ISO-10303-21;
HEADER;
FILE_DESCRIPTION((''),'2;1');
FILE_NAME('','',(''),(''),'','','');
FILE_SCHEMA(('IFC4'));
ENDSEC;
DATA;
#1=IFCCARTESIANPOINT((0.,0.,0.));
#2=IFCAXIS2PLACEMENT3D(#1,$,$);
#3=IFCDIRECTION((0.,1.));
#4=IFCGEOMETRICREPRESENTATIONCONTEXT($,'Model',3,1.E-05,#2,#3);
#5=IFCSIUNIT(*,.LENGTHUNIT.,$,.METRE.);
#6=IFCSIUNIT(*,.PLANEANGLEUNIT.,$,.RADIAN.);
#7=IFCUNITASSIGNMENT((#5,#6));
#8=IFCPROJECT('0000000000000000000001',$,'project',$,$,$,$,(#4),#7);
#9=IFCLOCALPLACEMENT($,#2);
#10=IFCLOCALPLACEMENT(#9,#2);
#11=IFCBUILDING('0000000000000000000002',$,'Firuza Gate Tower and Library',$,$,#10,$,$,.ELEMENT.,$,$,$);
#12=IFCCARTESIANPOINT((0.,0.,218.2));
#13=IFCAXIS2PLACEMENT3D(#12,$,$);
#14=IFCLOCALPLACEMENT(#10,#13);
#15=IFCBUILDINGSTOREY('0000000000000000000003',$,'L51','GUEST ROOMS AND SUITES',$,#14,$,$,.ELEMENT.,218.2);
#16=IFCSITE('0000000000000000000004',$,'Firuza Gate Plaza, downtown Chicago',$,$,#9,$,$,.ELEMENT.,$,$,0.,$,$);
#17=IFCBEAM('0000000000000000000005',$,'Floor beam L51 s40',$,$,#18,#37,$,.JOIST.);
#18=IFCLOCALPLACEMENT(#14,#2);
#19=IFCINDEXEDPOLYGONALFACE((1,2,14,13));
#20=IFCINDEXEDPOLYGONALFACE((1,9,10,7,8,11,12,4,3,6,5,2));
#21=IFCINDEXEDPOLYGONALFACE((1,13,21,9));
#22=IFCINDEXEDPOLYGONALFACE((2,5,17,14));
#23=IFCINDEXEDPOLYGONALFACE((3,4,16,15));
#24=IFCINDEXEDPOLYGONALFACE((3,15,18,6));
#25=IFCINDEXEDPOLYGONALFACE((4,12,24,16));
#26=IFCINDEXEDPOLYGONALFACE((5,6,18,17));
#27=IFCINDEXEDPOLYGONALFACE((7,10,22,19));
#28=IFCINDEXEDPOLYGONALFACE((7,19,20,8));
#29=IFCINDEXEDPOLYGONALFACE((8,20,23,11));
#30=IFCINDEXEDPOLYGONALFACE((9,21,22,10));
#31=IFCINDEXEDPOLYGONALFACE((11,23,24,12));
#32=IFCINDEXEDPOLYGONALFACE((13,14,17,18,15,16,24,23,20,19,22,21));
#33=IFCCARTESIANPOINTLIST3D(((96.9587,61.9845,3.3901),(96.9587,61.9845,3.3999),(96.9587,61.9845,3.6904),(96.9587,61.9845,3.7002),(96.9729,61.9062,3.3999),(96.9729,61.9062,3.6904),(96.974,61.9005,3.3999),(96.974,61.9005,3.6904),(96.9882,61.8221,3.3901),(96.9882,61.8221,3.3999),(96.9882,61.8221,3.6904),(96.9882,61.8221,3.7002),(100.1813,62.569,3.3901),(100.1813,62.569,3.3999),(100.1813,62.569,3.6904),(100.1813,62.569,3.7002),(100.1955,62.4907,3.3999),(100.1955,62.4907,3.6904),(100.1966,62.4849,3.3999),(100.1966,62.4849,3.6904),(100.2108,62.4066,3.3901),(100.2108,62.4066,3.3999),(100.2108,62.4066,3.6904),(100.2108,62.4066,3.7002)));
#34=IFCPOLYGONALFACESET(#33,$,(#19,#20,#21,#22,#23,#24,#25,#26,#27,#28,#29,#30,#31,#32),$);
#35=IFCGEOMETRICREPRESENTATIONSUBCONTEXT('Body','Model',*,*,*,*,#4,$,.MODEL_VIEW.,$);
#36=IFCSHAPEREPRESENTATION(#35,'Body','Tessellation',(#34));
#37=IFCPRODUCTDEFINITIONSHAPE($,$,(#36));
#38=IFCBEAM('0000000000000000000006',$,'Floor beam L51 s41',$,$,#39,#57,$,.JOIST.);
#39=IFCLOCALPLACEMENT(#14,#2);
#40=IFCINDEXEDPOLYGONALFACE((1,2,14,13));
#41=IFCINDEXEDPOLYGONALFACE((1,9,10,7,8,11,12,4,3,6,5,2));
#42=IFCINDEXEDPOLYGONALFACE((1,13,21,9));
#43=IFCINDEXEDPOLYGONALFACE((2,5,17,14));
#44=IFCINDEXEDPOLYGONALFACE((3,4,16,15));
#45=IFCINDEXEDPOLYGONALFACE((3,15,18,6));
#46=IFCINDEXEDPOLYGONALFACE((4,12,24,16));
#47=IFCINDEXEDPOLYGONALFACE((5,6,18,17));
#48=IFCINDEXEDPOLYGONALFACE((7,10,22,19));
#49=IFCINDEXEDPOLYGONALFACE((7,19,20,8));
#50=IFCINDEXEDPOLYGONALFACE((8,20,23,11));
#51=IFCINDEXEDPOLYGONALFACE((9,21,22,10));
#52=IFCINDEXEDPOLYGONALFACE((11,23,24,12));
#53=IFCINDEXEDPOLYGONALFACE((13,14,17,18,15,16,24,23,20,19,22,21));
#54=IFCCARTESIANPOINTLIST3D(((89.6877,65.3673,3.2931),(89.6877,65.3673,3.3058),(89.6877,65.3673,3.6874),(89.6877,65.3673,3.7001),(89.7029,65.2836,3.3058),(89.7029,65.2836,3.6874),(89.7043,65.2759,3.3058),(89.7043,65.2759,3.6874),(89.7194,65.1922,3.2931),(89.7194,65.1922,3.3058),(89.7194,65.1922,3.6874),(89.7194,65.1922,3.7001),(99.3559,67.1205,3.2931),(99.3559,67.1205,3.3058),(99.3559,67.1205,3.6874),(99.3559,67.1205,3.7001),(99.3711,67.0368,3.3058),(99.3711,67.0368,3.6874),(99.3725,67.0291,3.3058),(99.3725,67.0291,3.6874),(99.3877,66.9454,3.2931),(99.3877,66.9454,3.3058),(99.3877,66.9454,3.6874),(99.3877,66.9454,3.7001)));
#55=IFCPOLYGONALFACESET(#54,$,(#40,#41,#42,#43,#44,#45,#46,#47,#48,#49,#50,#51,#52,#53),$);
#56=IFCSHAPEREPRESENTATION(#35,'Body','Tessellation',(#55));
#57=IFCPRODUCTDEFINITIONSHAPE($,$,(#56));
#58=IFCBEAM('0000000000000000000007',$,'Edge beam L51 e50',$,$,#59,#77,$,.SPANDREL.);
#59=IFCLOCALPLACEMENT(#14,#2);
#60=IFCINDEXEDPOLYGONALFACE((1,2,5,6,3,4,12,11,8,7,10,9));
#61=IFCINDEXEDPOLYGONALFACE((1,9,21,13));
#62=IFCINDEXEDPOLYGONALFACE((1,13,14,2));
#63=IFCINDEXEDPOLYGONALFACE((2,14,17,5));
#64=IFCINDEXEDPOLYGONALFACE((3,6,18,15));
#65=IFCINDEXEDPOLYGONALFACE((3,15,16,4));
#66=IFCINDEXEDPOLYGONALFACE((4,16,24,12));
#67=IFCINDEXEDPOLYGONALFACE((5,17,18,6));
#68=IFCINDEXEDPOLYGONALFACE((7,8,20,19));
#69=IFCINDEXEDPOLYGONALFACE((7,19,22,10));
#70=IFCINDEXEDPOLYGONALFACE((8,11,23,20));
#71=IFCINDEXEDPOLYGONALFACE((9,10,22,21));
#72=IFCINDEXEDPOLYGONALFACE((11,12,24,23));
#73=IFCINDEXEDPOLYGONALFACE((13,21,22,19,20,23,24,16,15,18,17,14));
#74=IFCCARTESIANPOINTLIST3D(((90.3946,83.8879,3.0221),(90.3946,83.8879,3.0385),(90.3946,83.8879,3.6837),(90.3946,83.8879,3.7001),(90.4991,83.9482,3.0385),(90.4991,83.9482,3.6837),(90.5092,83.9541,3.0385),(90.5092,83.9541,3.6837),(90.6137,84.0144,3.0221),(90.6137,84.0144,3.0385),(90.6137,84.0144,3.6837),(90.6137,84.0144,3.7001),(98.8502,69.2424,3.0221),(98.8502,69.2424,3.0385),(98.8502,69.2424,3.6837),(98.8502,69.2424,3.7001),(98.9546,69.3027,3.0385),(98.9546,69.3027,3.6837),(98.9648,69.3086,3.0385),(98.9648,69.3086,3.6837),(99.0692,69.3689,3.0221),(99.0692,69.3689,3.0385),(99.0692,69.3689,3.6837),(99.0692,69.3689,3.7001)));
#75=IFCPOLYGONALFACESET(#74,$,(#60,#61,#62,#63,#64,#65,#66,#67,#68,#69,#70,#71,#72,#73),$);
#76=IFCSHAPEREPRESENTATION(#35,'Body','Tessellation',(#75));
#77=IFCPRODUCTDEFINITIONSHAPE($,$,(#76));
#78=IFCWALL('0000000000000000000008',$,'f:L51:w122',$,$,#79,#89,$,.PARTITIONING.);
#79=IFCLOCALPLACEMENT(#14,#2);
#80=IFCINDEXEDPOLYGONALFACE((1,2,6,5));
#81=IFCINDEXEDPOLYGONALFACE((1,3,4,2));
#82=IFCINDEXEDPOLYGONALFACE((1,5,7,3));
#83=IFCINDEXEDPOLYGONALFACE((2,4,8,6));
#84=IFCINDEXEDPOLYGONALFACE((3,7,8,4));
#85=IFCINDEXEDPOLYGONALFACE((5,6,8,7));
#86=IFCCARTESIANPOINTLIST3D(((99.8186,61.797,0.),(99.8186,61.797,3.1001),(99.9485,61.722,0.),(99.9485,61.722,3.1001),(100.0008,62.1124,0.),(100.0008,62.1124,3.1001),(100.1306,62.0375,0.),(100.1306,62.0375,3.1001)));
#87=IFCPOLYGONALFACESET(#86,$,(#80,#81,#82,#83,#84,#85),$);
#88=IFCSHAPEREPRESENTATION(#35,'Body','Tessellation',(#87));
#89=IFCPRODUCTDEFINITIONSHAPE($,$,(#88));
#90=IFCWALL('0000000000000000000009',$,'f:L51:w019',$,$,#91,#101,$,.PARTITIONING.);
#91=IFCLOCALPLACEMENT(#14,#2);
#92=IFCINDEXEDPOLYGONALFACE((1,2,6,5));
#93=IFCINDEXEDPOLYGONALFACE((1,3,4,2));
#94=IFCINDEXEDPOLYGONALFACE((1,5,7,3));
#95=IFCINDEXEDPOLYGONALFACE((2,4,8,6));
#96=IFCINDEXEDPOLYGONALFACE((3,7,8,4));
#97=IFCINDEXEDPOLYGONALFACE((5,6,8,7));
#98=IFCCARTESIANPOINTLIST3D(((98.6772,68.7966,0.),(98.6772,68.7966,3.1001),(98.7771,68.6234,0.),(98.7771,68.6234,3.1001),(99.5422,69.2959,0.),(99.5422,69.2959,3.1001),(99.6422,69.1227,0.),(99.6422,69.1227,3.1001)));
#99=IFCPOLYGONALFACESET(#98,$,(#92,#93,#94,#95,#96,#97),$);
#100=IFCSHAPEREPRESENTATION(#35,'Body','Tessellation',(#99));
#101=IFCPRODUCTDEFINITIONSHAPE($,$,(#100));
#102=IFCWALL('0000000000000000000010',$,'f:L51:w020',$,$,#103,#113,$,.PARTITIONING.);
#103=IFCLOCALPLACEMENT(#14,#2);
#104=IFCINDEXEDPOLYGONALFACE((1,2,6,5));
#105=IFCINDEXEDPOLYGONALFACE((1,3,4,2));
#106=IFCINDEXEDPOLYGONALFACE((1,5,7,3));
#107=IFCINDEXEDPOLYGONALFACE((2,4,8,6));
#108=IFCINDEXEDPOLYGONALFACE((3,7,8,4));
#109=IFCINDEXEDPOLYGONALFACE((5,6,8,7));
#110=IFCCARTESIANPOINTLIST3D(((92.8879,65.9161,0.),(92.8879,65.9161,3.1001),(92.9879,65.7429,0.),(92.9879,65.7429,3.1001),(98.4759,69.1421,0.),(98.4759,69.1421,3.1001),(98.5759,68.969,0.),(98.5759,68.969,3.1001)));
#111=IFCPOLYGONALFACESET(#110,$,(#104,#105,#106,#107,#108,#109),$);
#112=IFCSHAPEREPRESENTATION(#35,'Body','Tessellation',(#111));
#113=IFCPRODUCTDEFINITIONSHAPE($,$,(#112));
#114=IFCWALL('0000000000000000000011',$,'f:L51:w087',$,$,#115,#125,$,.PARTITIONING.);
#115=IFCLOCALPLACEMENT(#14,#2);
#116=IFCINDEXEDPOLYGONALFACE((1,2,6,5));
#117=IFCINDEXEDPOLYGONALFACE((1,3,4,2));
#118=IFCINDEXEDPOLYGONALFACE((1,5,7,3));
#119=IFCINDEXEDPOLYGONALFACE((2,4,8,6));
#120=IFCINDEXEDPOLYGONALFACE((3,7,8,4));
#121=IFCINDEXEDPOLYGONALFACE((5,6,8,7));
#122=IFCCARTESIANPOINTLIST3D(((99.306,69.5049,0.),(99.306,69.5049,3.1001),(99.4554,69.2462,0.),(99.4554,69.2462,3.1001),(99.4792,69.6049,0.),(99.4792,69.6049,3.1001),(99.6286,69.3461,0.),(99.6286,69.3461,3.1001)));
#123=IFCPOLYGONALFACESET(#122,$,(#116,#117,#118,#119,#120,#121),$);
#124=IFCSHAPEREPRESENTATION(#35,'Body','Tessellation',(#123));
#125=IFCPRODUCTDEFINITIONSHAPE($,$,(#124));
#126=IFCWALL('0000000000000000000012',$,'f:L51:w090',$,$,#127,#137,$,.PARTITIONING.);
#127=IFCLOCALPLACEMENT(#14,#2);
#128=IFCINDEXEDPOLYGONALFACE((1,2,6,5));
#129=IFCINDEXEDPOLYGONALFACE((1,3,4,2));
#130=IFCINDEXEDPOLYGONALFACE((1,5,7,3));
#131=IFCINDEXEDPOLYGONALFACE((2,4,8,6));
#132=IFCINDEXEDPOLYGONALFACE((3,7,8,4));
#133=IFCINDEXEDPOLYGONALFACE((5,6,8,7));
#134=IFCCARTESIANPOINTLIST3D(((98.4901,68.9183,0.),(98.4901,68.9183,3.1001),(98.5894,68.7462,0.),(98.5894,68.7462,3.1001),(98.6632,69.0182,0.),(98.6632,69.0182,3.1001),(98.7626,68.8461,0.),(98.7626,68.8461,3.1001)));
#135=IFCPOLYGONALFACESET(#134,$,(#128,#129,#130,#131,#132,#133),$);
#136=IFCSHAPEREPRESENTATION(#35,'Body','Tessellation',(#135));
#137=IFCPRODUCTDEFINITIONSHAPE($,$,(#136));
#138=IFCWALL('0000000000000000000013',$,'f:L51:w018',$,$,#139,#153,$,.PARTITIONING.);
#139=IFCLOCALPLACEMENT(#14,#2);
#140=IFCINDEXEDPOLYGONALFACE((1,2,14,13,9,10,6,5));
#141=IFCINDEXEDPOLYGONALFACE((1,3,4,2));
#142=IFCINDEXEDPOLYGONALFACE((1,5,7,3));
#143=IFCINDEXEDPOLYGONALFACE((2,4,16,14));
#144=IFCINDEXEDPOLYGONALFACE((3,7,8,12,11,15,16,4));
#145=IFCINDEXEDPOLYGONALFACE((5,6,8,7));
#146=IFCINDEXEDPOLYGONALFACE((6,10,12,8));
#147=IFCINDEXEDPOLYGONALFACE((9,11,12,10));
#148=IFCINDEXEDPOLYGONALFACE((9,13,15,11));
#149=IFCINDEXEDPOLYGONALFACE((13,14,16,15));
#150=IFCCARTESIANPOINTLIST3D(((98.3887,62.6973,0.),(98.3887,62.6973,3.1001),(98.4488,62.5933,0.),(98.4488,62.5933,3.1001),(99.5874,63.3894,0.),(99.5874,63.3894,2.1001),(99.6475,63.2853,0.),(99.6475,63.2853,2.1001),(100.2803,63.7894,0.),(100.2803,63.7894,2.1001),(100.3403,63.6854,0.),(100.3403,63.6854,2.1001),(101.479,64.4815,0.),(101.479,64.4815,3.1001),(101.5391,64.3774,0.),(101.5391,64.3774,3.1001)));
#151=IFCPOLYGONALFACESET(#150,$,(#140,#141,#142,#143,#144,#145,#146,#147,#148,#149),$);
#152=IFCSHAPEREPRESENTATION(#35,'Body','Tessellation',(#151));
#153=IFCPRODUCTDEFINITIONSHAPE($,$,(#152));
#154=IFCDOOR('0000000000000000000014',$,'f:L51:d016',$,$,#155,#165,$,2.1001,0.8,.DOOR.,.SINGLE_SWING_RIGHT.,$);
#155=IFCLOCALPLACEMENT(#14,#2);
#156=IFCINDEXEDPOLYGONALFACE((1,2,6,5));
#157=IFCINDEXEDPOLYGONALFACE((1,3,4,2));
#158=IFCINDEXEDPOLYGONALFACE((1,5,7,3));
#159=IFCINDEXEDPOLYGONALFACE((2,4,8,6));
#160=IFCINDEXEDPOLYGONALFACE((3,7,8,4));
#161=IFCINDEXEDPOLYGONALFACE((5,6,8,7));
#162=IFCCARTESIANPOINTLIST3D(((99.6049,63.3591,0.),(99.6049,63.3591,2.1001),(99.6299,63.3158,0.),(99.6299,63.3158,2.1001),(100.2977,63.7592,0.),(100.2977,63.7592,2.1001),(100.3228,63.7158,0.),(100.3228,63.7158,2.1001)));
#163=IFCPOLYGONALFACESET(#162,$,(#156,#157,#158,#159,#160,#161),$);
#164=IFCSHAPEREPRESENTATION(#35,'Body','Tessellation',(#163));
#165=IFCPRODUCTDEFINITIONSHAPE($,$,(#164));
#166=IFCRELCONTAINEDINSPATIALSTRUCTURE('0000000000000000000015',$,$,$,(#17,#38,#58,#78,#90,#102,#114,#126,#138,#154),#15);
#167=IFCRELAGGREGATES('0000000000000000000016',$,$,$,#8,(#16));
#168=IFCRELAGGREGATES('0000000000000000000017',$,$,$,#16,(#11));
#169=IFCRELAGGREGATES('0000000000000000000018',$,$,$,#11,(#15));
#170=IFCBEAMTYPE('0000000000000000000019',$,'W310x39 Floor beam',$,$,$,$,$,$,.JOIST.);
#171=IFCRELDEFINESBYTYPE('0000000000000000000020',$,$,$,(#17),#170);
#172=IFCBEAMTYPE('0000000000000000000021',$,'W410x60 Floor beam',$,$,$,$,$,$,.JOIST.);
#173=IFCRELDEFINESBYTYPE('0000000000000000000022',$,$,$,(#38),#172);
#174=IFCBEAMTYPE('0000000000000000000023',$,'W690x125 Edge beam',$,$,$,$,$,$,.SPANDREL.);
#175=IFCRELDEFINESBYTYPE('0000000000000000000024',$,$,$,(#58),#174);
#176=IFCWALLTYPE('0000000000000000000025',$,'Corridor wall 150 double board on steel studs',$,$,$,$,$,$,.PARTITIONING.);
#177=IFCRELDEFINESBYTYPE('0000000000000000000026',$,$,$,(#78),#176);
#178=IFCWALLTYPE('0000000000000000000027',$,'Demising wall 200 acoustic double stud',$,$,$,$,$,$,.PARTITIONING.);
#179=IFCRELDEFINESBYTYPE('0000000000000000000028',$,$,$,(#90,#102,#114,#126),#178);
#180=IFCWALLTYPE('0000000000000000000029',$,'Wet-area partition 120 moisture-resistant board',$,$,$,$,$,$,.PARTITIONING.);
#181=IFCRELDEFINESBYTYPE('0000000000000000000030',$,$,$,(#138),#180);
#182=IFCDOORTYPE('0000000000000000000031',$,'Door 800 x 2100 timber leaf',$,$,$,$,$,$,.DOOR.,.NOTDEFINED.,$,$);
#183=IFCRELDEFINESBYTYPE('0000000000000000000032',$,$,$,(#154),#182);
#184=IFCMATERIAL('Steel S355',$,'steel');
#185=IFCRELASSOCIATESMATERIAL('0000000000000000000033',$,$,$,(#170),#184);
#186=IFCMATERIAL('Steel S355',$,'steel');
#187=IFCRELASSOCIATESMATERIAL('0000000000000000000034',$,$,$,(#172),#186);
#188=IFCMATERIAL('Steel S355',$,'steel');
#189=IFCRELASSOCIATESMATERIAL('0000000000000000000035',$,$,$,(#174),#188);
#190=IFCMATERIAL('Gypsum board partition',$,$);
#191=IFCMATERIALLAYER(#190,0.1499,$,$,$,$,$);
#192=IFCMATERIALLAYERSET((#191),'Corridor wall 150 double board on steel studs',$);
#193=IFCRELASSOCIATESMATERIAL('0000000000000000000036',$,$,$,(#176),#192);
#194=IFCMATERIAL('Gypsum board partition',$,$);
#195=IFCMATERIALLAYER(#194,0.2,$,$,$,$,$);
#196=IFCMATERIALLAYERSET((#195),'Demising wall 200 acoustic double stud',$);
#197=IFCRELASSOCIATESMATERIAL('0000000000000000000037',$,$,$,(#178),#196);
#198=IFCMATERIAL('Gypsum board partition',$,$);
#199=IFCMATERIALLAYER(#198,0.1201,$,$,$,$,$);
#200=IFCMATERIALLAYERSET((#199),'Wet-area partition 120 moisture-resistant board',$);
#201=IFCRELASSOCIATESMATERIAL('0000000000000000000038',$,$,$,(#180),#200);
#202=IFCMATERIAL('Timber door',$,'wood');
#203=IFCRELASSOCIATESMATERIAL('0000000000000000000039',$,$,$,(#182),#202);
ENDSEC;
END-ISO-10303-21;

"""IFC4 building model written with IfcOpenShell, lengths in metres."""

from ifc_helpers import new_model, si_unit, direction, frame, frame_2d, origin, origin_2d, place, context, subcontext, project, spatial, rectangle, i_section, extrude, material, layer, layer_set, material_profile, profile_set, type_object, element, fill, save


model = new_model("IFC4")

# Units and contexts
model_context = context("Model", 3, precision=1e-05, world=origin(), true_north=direction((0.0, 1.0)))
body_context = subcontext(model_context, "Body", "Model", "MODEL_VIEW")
ifc_project = project(units=[si_unit("LENGTHUNIT", "METRE"), si_unit("PLANEANGLEUNIT", "RADIAN")], contexts=[model_context])

# Site, building, storey
site_placement = place(None, origin())
site = spatial("IfcSite", under=ifc_project, at=site_placement, Name="Firuza Gate Plaza, downtown Chicago", CompositionType="ELEMENT", RefElevation=0.0)
building_placement = place(site_placement, origin())
building = spatial("IfcBuilding", under=site, at=building_placement, Name="Firuza Gate Tower and Library", CompositionType="ELEMENT")
storey_placement = place(building_placement, frame((0.0, 0.0, 218.2)))
storey = spatial("IfcBuildingStorey", under=building, at=storey_placement, Name="L51", Description="GUEST ROOMS AND SUITES", CompositionType="ELEMENT", Elevation=218.2)

# Beams
ifc_material_1 = material(Name="Steel S355", Category="steel")
ifc_material_profile_1 = material_profile(ifc_material_1, i_section(OverallWidth=0.165, OverallDepth=0.3101, WebThickness=0.0059, FlangeThickness=0.0098, at=origin_2d()))
ifc_profile_set_1 = profile_set([ifc_material_profile_1], Name="Steel S355")
beam_type_1 = type_object("IfcBeamType", Name="W310x39 Floor beam", PredefinedType="JOIST", material=ifc_profile_set_1)
beam_1_placement = place(storey_placement, frame((100.196, 62.4878, 3.5452), z_axis=(-0.983949, -0.178452, 0.0), x_axis=(0.178452, -0.983949, 0.0)))
element("IfcBeam", 1, at=beam_1_placement, inside=storey, type_object=beam_type_1, Name="Floor beam L51 s40", PredefinedType="JOIST", context=body_context, shape_type="SweptSolid", body=[
    extrude(i_section(OverallWidth=0.165, OverallDepth=0.3101, WebThickness=0.0059, FlangeThickness=0.0098, at=origin_2d()), origin(), (0.0, 0.0, 1.0), 3.2751),
])
ifc_material_2 = material(Name="Steel S355", Category="steel")
ifc_material_profile_2 = material_profile(ifc_material_2, i_section(OverallWidth=0.178, OverallDepth=0.407, WebThickness=0.0078, FlangeThickness=0.0127, at=origin_2d()))
ifc_profile_set_2 = profile_set([ifc_material_profile_2], Name="Steel S355")
beam_type_2 = type_object("IfcBeamType", Name="W410x60 Floor beam", PredefinedType="JOIST", material=ifc_profile_set_2)
beam_2_placement = place(storey_placement, frame((99.3718, 67.033, 3.4966), z_axis=(-0.983954, -0.178424, 0.0), x_axis=(0.178424, -0.983954, 0.0)))
element("IfcBeam", 2, at=beam_2_placement, inside=storey, type_object=beam_type_2, Name="Floor beam L51 s41", PredefinedType="JOIST", context=body_context, shape_type="SweptSolid", body=[
    extrude(i_section(OverallWidth=0.178, OverallDepth=0.407, WebThickness=0.0078, FlangeThickness=0.0127, at=origin_2d()), origin(), (0.0, 0.0, 1.0), 9.8259),
])
ifc_material_3 = material(Name="Steel S355", Category="steel")
ifc_material_profile_3 = material_profile(ifc_material_3, i_section(OverallWidth=0.2529, OverallDepth=0.678, WebThickness=0.0117, FlangeThickness=0.0164, at=origin_2d()))
ifc_profile_set_3 = profile_set([ifc_material_profile_3], Name="Steel S355")
beam_type_3 = type_object("IfcBeamType", Name="W690x125 Edge beam", PredefinedType="SPANDREL", material=ifc_profile_set_3)
beam_3_placement = place(storey_placement, frame((98.9597, 69.3057, 3.3611), z_axis=(-0.499999, 0.866026, 0.0), x_axis=(-0.866026, -0.499999, 0.0)))
element("IfcBeam", 3, at=beam_3_placement, inside=storey, type_object=beam_type_3, Name="Edge beam L51 e50", PredefinedType="SPANDREL", context=body_context, shape_type="SweptSolid", body=[
    extrude(i_section(OverallWidth=0.2529, OverallDepth=0.678, WebThickness=0.0117, FlangeThickness=0.0164, at=origin_2d()), origin(), (0.0, 0.0, 1.0), 16.9111),
])

# Walls
ifc_material_4 = material(Name="Gypsum board partition")
ifc_layer_1 = layer(ifc_material_4, 0.1499)
ifc_layer_set_1 = layer_set([ifc_layer_1], Name="Corridor wall 150 double board on steel studs")
wall_type_1 = type_object("IfcWallType", Name="Corridor wall 150 double board on steel studs", PredefinedType="PARTITIONING", material=ifc_layer_set_1)
wall_1_placement = place(storey_placement, frame((99.8835, 61.7595, 0.0), z_axis=(0.0, 0.0, 1.0), x_axis=(0.500032, 0.866007, 0.0)))
element("IfcWall", 4, at=wall_1_placement, inside=storey, type_object=wall_type_1, Name="f:L51:w122", PredefinedType="PARTITIONING", context=body_context, shape_type="SweptSolid", body=[
    extrude(rectangle(XDim=0.3643, YDim=0.1499, at=frame_2d((0.1821, 0.0))), origin(), (0.0, 0.0, 1.0), 3.1001),
])
ifc_material_5 = material(Name="Gypsum board partition")
ifc_layer_2 = layer(ifc_material_5, 0.2)
ifc_layer_set_2 = layer_set([ifc_layer_2], Name="Demising wall 200 acoustic double stud")
wall_type_2 = type_object("IfcWallType", Name="Demising wall 200 acoustic double stud", PredefinedType="PARTITIONING", material=ifc_layer_set_2)
wall_2_placement = place(storey_placement, frame((98.7271, 68.71, 0.0), z_axis=(0.0, 0.0, 1.0), x_axis=(0.866084, 0.499899, 0.0)))
element("IfcWall", 5, at=wall_2_placement, inside=storey, type_object=wall_type_2, Name="f:L51:w019", PredefinedType="PARTITIONING", context=body_context, shape_type="SweptSolid", body=[
    extrude(rectangle(XDim=0.9988, YDim=0.2, at=frame_2d((0.4995, 0.0))), origin(), (0.0, 0.0, 1.0), 3.1001),
])
wall_3_placement = place(storey_placement, frame((92.938, 65.8296, 0.0), z_axis=(0.0, 0.0, 1.0), x_axis=(0.866041, 0.499972, 0.0)))
element("IfcWall", 6, at=wall_3_placement, inside=storey, type_object=wall_type_2, Name="f:L51:w020", PredefinedType="PARTITIONING", context=body_context, shape_type="SweptSolid", body=[
    extrude(rectangle(XDim=6.4524, YDim=0.2, at=frame_2d((3.2261, 0.0))), origin(), (0.0, 0.0, 1.0), 3.1001),
])
wall_4_placement = place(storey_placement, frame((99.542, 69.2961, 0.0), z_axis=(0.0, 0.0, 1.0), x_axis=(-0.500005, 0.866022, 0.0)))
element("IfcWall", 7, at=wall_4_placement, inside=storey, type_object=wall_type_2, Name="f:L51:w087", PredefinedType="PARTITIONING", context=body_context, shape_type="SweptSolid", body=[
    extrude(rectangle(XDim=0.2988, YDim=0.2, at=frame_2d((0.1494, 0.0))), origin(), (0.0, 0.0, 1.0), 3.1001),
])
wall_5_placement = place(storey_placement, frame((98.676, 68.7961, 0.0), z_axis=(0.0, 0.0, 1.0), x_axis=(-0.499971, 0.866042, 0.0)))
element("IfcWall", 8, at=wall_5_placement, inside=storey, type_object=wall_type_2, Name="f:L51:w090", PredefinedType="PARTITIONING", context=body_context, shape_type="SweptSolid", body=[
    extrude(rectangle(XDim=0.1987, YDim=0.2, at=frame_2d((0.0994, 0.0))), origin(), (0.0, 0.0, 1.0), 3.1001),
])

# Wall, opening, door
ifc_material_6 = material(Name="Gypsum board partition")
ifc_layer_3 = layer(ifc_material_6, 0.1201)
ifc_layer_set_3 = layer_set([ifc_layer_3], Name="Wet-area partition 120 moisture-resistant board")
wall_type_3 = type_object("IfcWallType", Name="Wet-area partition 120 moisture-resistant board", PredefinedType="PARTITIONING", material=ifc_layer_set_3)
wall_6_placement = place(storey_placement, frame((101.509, 64.4294, 0.0), z_axis=(0.0, 0.0, 1.0), x_axis=(-0.866028, -0.499995, 0.0)))
wall_6 = element("IfcWall", 9, at=wall_6_placement, inside=storey, type_object=wall_type_3, Name="f:L51:w018", PredefinedType="PARTITIONING", context=body_context, shape_type="SweptSolid", body=[
    extrude(rectangle(XDim=3.5684, YDim=0.1201, at=frame_2d((1.7842, 0.0))), origin(), (0.0, 0.0, 1.0), 3.1001),
])
opening_1_placement = place(wall_6_placement, frame((1.3843, 0.0, 0.0)))
opening_1 = element("IfcOpeningElement", 10, at=opening_1_placement, cuts=wall_6, PredefinedType="OPENING", context=body_context, shape_type="SweptSolid", body=[
    extrude(rectangle(XDim=0.8, YDim=2.1001, at=frame_2d((0.3999, 1.05))), frame((0.0, 0.0701, 0.0), z_axis=(0.0, -1.0, 0.0), x_axis=(1.0, 0.0, 0.0)), (0.0, 0.0, 1.0), 0.1401),
])
ifc_material_7 = material(Name="Timber door", Category="wood")
door_type = type_object("IfcDoorType", Name="Door 800 x 2100 timber leaf", OperationType="NOTDEFINED", PredefinedType="DOOR", material=ifc_material_7)
door_1_placement = place(opening_1_placement, origin())
door_1 = element("IfcDoor", 11, at=door_1_placement, inside=storey, type_object=door_type, Name="f:L51:d016", OperationType="SINGLE_SWING_RIGHT", OverallHeight=2.1001, OverallWidth=0.8, PredefinedType="DOOR", context=body_context, shape_type="SweptSolid", body=[
    extrude(rectangle(XDim=0.8, YDim=2.1001, at=frame_2d((0.3999, 1.05))), frame((0.0, 0.0249, 0.0), z_axis=(0.0, -1.0, 0.0), x_axis=(1.0, 0.0, 0.0)), (0.0, 0.0, 1.0), 0.05),
])
fill(opening_1, door_1)

save(model, "model.ifc")
